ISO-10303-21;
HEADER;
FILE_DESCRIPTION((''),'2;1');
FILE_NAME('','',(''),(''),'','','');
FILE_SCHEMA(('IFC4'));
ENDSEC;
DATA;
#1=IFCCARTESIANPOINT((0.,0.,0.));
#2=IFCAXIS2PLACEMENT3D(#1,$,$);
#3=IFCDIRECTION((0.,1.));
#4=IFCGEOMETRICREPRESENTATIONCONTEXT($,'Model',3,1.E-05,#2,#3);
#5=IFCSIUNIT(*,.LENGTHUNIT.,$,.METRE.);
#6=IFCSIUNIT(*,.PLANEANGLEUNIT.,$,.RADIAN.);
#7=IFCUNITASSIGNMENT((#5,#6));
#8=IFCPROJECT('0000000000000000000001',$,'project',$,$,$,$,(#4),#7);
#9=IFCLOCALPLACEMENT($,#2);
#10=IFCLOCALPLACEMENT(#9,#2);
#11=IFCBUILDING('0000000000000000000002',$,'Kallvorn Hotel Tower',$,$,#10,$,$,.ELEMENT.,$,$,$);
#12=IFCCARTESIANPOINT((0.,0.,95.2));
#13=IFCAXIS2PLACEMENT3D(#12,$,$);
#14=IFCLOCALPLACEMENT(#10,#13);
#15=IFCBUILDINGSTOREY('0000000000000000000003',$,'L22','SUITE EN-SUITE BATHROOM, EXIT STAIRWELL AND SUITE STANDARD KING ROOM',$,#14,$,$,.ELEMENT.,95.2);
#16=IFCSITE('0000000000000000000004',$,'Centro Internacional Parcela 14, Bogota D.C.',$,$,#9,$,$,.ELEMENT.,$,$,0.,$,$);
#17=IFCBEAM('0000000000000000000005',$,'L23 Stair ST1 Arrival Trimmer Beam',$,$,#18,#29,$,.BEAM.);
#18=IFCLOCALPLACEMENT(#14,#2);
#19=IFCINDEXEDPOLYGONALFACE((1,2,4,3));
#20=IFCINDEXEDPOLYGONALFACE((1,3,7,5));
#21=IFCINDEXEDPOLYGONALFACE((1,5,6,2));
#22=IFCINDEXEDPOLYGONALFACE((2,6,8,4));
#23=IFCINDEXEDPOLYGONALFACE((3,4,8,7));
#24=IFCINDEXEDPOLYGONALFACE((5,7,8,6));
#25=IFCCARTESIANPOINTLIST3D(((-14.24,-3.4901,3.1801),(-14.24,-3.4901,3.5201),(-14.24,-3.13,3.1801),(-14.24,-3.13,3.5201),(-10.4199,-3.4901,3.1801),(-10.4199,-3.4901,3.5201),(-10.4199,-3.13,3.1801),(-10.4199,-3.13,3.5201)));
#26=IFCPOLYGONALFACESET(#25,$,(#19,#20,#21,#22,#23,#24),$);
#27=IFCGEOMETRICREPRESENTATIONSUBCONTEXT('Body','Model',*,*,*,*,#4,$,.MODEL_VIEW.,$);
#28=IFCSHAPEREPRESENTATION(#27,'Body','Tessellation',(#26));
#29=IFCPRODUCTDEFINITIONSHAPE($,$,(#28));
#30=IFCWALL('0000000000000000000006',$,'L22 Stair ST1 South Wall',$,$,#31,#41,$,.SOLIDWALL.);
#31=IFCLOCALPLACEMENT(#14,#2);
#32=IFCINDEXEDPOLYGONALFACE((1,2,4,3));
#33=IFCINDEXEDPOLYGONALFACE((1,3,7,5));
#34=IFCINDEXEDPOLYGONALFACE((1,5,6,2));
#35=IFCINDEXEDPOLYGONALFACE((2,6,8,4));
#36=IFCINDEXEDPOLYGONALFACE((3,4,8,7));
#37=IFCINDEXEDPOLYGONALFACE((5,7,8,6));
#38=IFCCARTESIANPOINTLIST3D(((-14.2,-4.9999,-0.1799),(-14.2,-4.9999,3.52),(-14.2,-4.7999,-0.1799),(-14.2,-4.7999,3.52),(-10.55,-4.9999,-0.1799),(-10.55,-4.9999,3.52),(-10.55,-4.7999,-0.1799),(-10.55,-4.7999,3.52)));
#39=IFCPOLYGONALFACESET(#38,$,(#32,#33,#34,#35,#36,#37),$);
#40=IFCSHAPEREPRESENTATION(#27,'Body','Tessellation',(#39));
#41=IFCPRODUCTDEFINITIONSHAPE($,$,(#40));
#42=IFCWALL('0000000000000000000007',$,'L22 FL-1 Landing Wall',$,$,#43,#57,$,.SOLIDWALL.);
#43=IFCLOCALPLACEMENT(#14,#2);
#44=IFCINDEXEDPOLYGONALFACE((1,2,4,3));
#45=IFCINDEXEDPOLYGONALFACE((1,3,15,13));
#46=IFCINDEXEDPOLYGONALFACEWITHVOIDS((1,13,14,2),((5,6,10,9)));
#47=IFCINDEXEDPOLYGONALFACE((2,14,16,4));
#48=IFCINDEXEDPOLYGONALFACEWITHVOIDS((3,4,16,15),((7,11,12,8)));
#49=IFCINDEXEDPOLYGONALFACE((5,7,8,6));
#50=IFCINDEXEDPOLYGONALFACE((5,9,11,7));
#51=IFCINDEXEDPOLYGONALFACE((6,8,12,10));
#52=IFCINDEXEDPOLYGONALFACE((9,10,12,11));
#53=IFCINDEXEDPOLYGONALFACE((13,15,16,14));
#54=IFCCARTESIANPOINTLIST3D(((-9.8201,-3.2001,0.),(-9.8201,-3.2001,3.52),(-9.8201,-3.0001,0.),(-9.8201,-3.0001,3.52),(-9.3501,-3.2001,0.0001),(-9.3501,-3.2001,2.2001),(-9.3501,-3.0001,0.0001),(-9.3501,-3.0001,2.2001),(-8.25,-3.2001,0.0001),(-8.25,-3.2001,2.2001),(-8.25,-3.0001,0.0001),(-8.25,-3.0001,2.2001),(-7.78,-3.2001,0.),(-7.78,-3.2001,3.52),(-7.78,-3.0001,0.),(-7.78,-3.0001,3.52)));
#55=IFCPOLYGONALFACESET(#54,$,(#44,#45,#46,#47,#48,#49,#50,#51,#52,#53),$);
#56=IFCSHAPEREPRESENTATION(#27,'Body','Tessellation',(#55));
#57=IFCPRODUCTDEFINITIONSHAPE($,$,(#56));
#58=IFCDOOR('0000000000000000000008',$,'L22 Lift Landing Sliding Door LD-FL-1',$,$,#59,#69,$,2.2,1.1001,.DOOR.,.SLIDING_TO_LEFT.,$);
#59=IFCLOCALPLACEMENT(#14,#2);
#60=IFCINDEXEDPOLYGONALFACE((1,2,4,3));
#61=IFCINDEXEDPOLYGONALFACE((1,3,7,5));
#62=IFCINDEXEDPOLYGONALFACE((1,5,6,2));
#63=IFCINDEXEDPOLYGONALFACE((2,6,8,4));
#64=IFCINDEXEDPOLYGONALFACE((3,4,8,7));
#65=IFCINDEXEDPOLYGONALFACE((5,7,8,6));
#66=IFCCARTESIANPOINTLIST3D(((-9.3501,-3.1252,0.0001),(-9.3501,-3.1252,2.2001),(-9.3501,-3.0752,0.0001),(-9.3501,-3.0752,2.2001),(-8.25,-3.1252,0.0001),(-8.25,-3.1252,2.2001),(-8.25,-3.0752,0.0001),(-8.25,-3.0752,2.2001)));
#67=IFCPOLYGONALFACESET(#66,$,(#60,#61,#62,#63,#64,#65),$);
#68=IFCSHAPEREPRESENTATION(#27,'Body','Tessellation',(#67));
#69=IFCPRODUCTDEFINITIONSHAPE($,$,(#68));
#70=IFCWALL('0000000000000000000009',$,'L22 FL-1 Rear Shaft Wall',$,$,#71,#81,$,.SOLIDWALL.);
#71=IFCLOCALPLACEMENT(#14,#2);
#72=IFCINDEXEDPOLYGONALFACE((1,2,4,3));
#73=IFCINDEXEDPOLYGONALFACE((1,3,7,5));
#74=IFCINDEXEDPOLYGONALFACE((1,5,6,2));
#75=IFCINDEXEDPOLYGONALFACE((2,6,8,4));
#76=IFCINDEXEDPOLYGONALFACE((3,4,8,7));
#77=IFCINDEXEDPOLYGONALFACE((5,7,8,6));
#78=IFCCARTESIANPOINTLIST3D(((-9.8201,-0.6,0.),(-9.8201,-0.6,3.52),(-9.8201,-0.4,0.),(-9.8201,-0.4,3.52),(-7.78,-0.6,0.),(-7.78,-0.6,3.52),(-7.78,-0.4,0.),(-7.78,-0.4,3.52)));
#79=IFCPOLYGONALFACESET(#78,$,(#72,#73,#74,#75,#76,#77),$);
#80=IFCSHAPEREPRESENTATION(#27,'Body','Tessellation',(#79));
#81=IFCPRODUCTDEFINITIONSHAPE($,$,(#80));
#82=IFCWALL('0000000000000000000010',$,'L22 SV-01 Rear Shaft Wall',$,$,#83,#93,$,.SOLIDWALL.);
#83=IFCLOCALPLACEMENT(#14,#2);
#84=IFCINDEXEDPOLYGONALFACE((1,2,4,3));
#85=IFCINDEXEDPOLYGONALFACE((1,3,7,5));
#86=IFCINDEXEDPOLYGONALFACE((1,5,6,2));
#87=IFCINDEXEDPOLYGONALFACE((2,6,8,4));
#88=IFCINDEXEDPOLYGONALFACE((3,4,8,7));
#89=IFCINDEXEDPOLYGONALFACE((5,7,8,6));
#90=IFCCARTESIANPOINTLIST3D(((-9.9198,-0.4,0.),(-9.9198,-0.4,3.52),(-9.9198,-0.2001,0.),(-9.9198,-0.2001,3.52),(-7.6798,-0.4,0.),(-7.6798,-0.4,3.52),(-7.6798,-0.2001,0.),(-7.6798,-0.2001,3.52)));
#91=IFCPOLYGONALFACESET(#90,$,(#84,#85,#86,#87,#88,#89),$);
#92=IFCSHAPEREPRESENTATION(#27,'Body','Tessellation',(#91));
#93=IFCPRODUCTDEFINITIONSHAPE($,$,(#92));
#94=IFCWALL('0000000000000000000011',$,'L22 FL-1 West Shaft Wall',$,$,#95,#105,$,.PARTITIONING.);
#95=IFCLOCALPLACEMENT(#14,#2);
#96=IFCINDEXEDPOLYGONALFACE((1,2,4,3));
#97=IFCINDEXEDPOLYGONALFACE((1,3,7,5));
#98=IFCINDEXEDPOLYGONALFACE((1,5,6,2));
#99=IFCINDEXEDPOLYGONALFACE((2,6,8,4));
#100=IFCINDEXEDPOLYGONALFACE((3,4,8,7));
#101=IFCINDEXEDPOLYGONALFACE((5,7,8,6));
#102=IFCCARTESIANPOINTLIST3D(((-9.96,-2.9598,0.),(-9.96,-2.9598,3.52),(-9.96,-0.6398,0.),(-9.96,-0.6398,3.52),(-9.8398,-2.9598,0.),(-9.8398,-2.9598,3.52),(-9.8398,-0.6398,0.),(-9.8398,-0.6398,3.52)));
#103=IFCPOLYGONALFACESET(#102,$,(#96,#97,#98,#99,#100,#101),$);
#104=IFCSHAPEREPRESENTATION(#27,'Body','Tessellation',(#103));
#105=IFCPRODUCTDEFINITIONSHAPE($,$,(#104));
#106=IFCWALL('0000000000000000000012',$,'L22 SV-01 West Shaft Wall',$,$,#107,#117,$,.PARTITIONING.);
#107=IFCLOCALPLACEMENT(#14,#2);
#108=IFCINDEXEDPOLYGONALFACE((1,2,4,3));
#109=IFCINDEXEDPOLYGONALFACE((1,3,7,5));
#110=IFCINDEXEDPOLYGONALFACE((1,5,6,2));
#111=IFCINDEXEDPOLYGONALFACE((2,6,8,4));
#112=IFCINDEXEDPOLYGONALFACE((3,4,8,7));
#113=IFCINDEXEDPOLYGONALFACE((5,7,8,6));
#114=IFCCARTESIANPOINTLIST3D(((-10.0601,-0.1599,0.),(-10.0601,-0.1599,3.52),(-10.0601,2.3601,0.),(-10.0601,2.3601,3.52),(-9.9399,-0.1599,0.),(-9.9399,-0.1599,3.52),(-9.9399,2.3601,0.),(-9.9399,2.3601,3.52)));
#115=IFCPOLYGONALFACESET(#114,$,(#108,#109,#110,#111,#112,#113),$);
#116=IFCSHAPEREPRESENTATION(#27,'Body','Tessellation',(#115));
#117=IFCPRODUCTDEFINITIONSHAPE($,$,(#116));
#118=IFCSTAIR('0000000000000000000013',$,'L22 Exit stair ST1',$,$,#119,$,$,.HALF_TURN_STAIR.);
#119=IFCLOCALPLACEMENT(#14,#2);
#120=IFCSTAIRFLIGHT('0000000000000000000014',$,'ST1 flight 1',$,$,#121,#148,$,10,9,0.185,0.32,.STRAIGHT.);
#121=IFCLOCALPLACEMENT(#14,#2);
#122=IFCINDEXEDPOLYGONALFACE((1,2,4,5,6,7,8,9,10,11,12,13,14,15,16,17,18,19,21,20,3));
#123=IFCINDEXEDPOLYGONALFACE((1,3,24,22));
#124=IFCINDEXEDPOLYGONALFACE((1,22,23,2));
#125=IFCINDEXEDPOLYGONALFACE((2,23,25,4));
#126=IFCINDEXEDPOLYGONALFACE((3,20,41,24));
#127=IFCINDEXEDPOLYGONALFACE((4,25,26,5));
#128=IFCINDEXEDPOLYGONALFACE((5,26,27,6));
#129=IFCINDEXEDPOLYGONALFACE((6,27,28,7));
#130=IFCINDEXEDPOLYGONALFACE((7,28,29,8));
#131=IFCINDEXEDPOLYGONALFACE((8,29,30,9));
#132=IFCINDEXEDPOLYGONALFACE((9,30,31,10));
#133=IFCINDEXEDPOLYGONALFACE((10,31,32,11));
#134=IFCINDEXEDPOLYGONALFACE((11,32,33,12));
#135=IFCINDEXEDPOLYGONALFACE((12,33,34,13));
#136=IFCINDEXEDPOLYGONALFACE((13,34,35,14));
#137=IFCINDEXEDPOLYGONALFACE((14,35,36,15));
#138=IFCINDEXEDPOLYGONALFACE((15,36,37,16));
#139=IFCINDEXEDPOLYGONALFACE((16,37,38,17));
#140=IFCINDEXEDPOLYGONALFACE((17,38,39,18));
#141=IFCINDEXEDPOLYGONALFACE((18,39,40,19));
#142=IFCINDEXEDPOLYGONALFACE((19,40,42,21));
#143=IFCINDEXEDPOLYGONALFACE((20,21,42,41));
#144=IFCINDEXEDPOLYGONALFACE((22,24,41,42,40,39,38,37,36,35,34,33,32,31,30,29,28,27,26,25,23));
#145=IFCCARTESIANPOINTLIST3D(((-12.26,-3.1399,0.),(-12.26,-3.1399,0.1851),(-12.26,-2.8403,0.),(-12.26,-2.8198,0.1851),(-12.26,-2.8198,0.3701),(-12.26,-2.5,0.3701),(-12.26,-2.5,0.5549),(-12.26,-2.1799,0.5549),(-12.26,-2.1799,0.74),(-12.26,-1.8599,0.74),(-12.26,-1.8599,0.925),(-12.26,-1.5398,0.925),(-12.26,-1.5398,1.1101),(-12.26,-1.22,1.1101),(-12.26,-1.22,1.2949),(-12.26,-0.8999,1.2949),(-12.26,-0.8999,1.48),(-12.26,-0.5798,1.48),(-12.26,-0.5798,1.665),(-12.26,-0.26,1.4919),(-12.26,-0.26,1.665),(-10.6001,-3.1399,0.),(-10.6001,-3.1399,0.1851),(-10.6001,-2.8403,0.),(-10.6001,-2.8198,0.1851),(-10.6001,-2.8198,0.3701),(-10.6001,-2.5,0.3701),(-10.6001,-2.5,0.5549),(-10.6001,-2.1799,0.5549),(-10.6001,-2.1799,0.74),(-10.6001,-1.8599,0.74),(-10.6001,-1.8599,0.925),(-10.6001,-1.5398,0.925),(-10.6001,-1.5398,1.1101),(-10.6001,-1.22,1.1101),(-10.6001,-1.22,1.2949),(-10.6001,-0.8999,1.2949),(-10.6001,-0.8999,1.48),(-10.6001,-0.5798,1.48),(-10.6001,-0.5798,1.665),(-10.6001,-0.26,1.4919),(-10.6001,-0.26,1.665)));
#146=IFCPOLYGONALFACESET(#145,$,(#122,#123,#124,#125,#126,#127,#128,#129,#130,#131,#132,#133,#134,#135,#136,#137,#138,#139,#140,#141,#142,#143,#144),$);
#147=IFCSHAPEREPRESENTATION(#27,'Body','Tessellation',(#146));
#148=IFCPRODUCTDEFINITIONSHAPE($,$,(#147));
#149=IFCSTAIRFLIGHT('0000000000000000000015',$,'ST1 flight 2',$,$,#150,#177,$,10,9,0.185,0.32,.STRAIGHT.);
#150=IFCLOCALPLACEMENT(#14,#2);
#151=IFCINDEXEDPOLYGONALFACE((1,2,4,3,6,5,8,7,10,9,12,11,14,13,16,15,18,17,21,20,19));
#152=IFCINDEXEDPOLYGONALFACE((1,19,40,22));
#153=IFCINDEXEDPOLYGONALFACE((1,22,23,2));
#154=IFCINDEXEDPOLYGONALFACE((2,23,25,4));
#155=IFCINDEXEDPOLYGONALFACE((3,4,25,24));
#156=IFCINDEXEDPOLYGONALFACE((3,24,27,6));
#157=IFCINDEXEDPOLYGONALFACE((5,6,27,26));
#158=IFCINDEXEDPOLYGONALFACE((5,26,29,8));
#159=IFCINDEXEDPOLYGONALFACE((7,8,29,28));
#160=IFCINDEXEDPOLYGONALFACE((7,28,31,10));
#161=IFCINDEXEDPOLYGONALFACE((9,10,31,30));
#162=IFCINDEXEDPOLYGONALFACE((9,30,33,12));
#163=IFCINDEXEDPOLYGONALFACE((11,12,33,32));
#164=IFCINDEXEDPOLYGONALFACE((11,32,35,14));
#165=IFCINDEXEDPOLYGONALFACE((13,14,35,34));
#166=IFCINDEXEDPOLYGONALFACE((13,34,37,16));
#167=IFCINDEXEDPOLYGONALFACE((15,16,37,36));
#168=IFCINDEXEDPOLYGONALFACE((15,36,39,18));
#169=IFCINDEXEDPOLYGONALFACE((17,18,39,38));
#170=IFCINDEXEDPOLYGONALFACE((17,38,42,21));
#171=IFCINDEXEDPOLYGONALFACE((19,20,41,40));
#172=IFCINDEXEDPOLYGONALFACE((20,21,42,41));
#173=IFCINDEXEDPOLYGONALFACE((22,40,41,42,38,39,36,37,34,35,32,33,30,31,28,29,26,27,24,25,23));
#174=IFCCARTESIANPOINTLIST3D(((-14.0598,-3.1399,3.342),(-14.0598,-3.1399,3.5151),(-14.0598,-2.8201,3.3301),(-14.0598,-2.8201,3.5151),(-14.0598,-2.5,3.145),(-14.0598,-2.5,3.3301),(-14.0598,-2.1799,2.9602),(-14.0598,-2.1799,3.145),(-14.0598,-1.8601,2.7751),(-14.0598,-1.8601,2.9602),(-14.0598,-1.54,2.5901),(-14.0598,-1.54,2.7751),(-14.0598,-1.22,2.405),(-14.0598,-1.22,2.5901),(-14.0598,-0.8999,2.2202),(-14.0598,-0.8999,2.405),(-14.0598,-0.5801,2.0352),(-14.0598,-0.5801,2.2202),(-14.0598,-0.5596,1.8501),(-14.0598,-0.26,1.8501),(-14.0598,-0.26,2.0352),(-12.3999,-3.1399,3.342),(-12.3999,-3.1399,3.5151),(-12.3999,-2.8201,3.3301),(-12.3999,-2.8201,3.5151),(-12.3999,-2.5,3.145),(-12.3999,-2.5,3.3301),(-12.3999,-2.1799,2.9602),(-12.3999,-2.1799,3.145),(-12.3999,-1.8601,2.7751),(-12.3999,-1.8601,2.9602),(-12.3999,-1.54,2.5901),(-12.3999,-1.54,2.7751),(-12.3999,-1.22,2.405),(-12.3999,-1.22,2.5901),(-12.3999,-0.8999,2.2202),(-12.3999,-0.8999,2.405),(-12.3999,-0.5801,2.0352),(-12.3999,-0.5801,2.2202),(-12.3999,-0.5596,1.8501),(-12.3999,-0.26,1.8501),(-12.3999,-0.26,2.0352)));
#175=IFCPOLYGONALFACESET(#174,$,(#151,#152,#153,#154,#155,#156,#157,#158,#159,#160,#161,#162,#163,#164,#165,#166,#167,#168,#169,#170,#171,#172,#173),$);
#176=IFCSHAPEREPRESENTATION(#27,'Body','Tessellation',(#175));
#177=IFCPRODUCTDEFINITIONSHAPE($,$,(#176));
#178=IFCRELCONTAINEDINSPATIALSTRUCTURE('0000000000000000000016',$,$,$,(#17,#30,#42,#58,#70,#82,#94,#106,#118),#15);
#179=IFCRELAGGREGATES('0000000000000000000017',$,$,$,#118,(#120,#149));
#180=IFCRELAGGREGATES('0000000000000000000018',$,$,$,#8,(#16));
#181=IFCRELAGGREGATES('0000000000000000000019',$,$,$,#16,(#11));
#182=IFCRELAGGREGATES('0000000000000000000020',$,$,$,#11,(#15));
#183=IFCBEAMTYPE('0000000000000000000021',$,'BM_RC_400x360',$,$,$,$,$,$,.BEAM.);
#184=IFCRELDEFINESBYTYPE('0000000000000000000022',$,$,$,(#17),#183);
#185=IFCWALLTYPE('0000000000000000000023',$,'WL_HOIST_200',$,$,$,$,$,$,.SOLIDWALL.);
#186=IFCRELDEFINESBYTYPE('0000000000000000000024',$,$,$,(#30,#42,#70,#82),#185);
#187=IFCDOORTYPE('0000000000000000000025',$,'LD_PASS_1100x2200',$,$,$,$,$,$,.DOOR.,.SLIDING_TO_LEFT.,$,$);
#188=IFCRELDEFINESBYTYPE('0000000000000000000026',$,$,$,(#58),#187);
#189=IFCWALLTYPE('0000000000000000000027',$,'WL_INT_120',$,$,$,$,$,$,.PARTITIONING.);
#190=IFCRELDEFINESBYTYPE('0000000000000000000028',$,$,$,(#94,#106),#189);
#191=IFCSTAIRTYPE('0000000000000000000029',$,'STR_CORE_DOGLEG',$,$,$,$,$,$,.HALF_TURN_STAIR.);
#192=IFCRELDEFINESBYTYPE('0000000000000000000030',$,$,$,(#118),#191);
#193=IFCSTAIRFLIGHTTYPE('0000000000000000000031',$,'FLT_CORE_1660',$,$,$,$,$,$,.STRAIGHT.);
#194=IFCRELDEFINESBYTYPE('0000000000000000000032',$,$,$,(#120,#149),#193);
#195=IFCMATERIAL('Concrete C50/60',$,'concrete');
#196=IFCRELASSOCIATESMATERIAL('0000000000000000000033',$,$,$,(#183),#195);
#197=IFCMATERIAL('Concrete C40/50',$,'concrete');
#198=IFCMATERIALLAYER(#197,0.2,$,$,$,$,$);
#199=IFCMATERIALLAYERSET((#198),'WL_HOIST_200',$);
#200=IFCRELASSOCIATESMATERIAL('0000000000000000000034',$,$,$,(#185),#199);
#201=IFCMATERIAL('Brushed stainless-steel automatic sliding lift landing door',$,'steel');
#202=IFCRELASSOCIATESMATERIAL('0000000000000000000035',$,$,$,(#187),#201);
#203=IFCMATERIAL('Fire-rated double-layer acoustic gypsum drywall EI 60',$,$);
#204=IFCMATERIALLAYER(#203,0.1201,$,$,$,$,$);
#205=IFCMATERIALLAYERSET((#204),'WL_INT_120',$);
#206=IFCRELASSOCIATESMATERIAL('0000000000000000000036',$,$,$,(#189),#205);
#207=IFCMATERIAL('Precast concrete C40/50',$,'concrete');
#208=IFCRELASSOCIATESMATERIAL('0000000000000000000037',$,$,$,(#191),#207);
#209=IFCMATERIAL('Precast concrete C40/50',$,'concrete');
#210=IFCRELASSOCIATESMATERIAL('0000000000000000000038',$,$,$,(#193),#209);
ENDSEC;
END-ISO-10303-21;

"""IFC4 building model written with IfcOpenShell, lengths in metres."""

from ifc_helpers import new_model, si_unit, direction, frame, frame_2d, origin, origin_2d, place, context, subcontext, project, spatial, polyline, rectangle, outline, extrude, material, layer, layer_set, material_profile, profile_set, type_object, element, fill, aggregate, save


model = new_model("IFC4")

# Units and contexts
model_context = context("Model", 3, precision=1e-05, world=origin(), true_north=direction((0.0, 1.0)))
body_context = subcontext(model_context, "Body", "Model", "MODEL_VIEW")
ifc_project = project(units=[si_unit("LENGTHUNIT", "METRE"), si_unit("PLANEANGLEUNIT", "RADIAN")], contexts=[model_context])

# Site, building, storey
site_placement = place(None, origin())
site = spatial("IfcSite", under=ifc_project, at=site_placement, Name="Centro Internacional Parcela 14, Bogota D.C.", CompositionType="ELEMENT", RefElevation=0.0)
building_placement = place(site_placement, origin())
building = spatial("IfcBuilding", under=site, at=building_placement, Name="Kallvorn Hotel Tower", CompositionType="ELEMENT")
storey_placement = place(building_placement, frame((0.0, 0.0, 95.2)))
storey = spatial("IfcBuildingStorey", under=building, at=storey_placement, Name="L22", Description="SUITE EN-SUITE BATHROOM, EXIT STAIRWELL AND SUITE STANDARD KING ROOM", CompositionType="ELEMENT", Elevation=95.2)

# Beam
ifc_material_1 = material(Name="Concrete C50/60", Category="concrete")
ifc_material_profile = material_profile(ifc_material_1, rectangle(XDim=0.3601, YDim=0.3401, at=origin_2d()), Name="RC 360x340")
ifc_profile_set = profile_set([ifc_material_profile], Name="Concrete C50/60")
beam_type = type_object("IfcBeamType", Name="BM_RC_400x360", PredefinedType="BEAM", material=ifc_profile_set)
beam_placement = place(storey_placement, frame((-10.4199, -3.3101, 3.3501), z_axis=(-1.0, 0.0, 0.0), x_axis=(0.0, -1.0, 0.0)))
element("IfcBeam", 1, at=beam_placement, inside=storey, type_object=beam_type, Name="L23 Stair ST1 Arrival Trimmer Beam", PredefinedType="BEAM", context=body_context, shape_type="SweptSolid", body=[
    extrude(rectangle(XDim=0.3601, YDim=0.3401, at=origin_2d()), origin(), (0.0, 0.0, 1.0), 3.8201),
])

# Wall
ifc_material_2 = material(Name="Concrete C40/50", Category="concrete")
ifc_layer_1 = layer(ifc_material_2, 0.2)
ifc_layer_set_1 = layer_set([ifc_layer_1], Name="WL_HOIST_200")
wall_type_1 = type_object("IfcWallType", Name="WL_HOIST_200", PredefinedType="SOLIDWALL", material=ifc_layer_set_1)
wall_1_placement = place(storey_placement, frame((-14.2, -4.8999, -0.1799), z_axis=(0.0, 0.0, 1.0), x_axis=(1.0, 0.0, 0.0)))
element("IfcWall", 2, at=wall_1_placement, inside=storey, type_object=wall_type_1, Name="L22 Stair ST1 South Wall", PredefinedType="SOLIDWALL", context=body_context, shape_type="SweptSolid", body=[
    extrude(rectangle(XDim=3.6499, YDim=0.2, at=frame_2d((1.825, 0.0))), origin(), (0.0, 0.0, 1.0), 3.7),
])

# Wall, opening, door
wall_2_placement = place(storey_placement, frame((-9.8201, -3.1001, 0.0), z_axis=(0.0, 0.0, 1.0), x_axis=(1.0, 0.0, 0.0)))
wall_2 = element("IfcWall", 3, at=wall_2_placement, inside=storey, type_object=wall_type_1, Name="L22 FL-1 Landing Wall", PredefinedType="SOLIDWALL", context=body_context, shape_type="SweptSolid", body=[
    extrude(rectangle(XDim=2.04, YDim=0.2, at=frame_2d((1.02, 0.0))), origin(), (0.0, 0.0, 1.0), 3.52),
])
opening_placement = place(wall_2_placement, frame((0.47, 0.0, 0.0)))
opening = element("IfcOpeningElement", 4, at=opening_placement, cuts=wall_2, PredefinedType="OPENING", context=body_context, shape_type="SweptSolid", body=[
    extrude(rectangle(XDim=1.1001, YDim=2.2, at=frame_2d((0.55, 1.1001))), frame((0.0, 0.115, 0.0), z_axis=(0.0, -1.0, 0.0), x_axis=(1.0, 0.0, 0.0)), (0.0, 0.0, 1.0), 0.23),
])
ifc_material_3 = material(Name="Brushed stainless-steel automatic sliding lift landing door", Category="steel")
door_type = type_object("IfcDoorType", Name="LD_PASS_1100x2200", OperationType="SLIDING_TO_LEFT", PredefinedType="DOOR", material=ifc_material_3)
door_placement = place(opening_placement, origin())
door = element("IfcDoor", 5, at=door_placement, inside=storey, type_object=door_type, Name="L22 Lift Landing Sliding Door LD-FL-1", OperationType="SLIDING_TO_LEFT", OverallHeight=2.2, OverallWidth=1.1001, PredefinedType="DOOR", context=body_context, shape_type="SweptSolid", body=[
    extrude(rectangle(XDim=1.1001, YDim=2.2, at=frame_2d((0.55, 1.1001))), frame((0.0, 0.0249, 0.0), z_axis=(0.0, -1.0, 0.0), x_axis=(1.0, 0.0, 0.0)), (0.0, 0.0, 1.0), 0.05),
])
fill(opening, door)

# Walls
wall_3_placement = place(storey_placement, frame((-9.8201, -0.5, 0.0), z_axis=(0.0, 0.0, 1.0), x_axis=(1.0, 0.0, 0.0)))
element("IfcWall", 6, at=wall_3_placement, inside=storey, type_object=wall_type_1, Name="L22 FL-1 Rear Shaft Wall", PredefinedType="SOLIDWALL", context=body_context, shape_type="SweptSolid", body=[
    extrude(rectangle(XDim=2.04, YDim=0.2, at=frame_2d((1.02, 0.0))), origin(), (0.0, 0.0, 1.0), 3.52),
])
wall_4_placement = place(storey_placement, frame((-9.9199, -0.3, 0.0), z_axis=(0.0, 0.0, 1.0), x_axis=(1.0, 0.0, 0.0)))
element("IfcWall", 7, at=wall_4_placement, inside=storey, type_object=wall_type_1, Name="L22 SV-01 Rear Shaft Wall", PredefinedType="SOLIDWALL", context=body_context, shape_type="SweptSolid", body=[
    extrude(rectangle(XDim=2.24, YDim=0.2, at=frame_2d((1.1201, 0.0))), origin(), (0.0, 0.0, 1.0), 3.52),
])
ifc_material_4 = material(Name="Fire-rated double-layer acoustic gypsum drywall EI 60")
ifc_layer_2 = layer(ifc_material_4, 0.1201)
ifc_layer_set_2 = layer_set([ifc_layer_2], Name="WL_INT_120")
wall_type_2 = type_object("IfcWallType", Name="WL_INT_120", PredefinedType="PARTITIONING", material=ifc_layer_set_2)
wall_5_placement = place(storey_placement, frame((-9.8999, -2.96, 0.0), z_axis=(0.0, 0.0, 1.0), x_axis=(0.0, 1.0, 0.0)))
element("IfcWall", 8, at=wall_5_placement, inside=storey, type_object=wall_type_2, Name="L22 FL-1 West Shaft Wall", PredefinedType="PARTITIONING", context=body_context, shape_type="SweptSolid", body=[
    extrude(rectangle(XDim=2.3201, YDim=0.1201, at=frame_2d((1.1602, 0.0))), origin(), (0.0, 0.0, 1.0), 3.52),
])
wall_6_placement = place(storey_placement, frame((-10.0, -0.1599, 0.0), z_axis=(0.0, 0.0, 1.0), x_axis=(0.0, 1.0, 0.0)))
element("IfcWall", 9, at=wall_6_placement, inside=storey, type_object=wall_type_2, Name="L22 SV-01 West Shaft Wall", PredefinedType="PARTITIONING", context=body_context, shape_type="SweptSolid", body=[
    extrude(rectangle(XDim=2.52, YDim=0.1201, at=frame_2d((1.26, 0.0))), origin(), (0.0, 0.0, 1.0), 3.52),
])

# Stair, stair flights
ifc_material_5 = material(Name="Precast concrete C40/50", Category="concrete")
stair_type = type_object("IfcStairType", Name="STR_CORE_DOGLEG", PredefinedType="HALF_TURN_STAIR", material=ifc_material_5)
stair_placement = place(storey_placement, origin())
stair = element("IfcStair", 10, at=stair_placement, inside=storey, type_object=stair_type, Name="L22 Exit stair ST1", PredefinedType="HALF_TURN_STAIR")
ifc_material_6 = material(Name="Precast concrete C40/50", Category="concrete")
stair_flight_type = type_object("IfcStairFlightType", Name="FLT_CORE_1660", PredefinedType="STRAIGHT", material=ifc_material_6)
stair_flight_1_placement = place(storey_placement, frame((-11.4299, -3.1399, 0.0), z_axis=(0.0, 0.0, 1.0), x_axis=(0.0, 1.0, 0.0)))
stair_flight_1 = element("IfcStairFlight", 11, at=stair_flight_1_placement, type_object=stair_flight_type, Name="ST1 flight 1", NumberOfRisers=10, NumberOfTreads=9, PredefinedType="STRAIGHT", RiserHeight=0.185, TreadLength=0.32, context=body_context, shape_type="SweptSolid", body=[
    extrude(outline(polyline([(0.0, 0.0), (0.0, 0.1851), (0.3201, 0.1851), (0.3201, 0.3701), (0.6399, 0.3701), (0.6399, 0.5549), (0.96, 0.5549), (0.96, 0.74), (1.28, 0.74), (1.28, 0.925), (1.6001, 0.925), (1.6001, 1.1101), (1.9199, 1.1101), (1.9199, 1.2949), (2.24, 1.2949), (2.24, 1.48), (2.5601, 1.48), (2.5601, 1.665), (2.8799, 1.665), (2.8799, 1.8501), (2.8799, 1.4919), (0.2996, 0.0), (0.0, 0.0)])), frame((0.0, 0.8301, 0.0), z_axis=(0.0, -1.0, 0.0), x_axis=(1.0, 0.0, 0.0)), (0.0, 0.0, 1.0), 1.6599),
])
stair_flight_2_placement = place(storey_placement, frame((-13.23, -0.26, 1.8501), z_axis=(0.0, 0.0, 1.0), x_axis=(0.0, -1.0, 0.0)))
stair_flight_2 = element("IfcStairFlight", 12, at=stair_flight_2_placement, type_object=stair_flight_type, Name="ST1 flight 2", NumberOfRisers=10, NumberOfTreads=9, PredefinedType="STRAIGHT", RiserHeight=0.185, TreadLength=0.32, context=body_context, shape_type="SweptSolid", body=[
    extrude(outline(polyline([(0.0, 0.0), (0.0, 0.1851), (0.3201, 0.1851), (0.3201, 0.3701), (0.6399, 0.3701), (0.6399, 0.5549), (0.96, 0.5549), (0.96, 0.74), (1.28, 0.74), (1.28, 0.925), (1.6001, 0.925), (1.6001, 1.1101), (1.9199, 1.1101), (1.9199, 1.2949), (2.24, 1.2949), (2.24, 1.48), (2.5601, 1.48), (2.5601, 1.665), (2.8799, 1.665), (2.8799, 1.8501), (2.8799, 1.4919), (0.2996, 0.0), (0.0, 0.0)])), frame((0.0, 0.8301, 0.0), z_axis=(0.0, -1.0, 0.0), x_axis=(1.0, 0.0, 0.0)), (0.0, 0.0, 1.0), 1.6599),
])
aggregate(stair, [stair_flight_1, stair_flight_2])

save(model, "model.ifc")
